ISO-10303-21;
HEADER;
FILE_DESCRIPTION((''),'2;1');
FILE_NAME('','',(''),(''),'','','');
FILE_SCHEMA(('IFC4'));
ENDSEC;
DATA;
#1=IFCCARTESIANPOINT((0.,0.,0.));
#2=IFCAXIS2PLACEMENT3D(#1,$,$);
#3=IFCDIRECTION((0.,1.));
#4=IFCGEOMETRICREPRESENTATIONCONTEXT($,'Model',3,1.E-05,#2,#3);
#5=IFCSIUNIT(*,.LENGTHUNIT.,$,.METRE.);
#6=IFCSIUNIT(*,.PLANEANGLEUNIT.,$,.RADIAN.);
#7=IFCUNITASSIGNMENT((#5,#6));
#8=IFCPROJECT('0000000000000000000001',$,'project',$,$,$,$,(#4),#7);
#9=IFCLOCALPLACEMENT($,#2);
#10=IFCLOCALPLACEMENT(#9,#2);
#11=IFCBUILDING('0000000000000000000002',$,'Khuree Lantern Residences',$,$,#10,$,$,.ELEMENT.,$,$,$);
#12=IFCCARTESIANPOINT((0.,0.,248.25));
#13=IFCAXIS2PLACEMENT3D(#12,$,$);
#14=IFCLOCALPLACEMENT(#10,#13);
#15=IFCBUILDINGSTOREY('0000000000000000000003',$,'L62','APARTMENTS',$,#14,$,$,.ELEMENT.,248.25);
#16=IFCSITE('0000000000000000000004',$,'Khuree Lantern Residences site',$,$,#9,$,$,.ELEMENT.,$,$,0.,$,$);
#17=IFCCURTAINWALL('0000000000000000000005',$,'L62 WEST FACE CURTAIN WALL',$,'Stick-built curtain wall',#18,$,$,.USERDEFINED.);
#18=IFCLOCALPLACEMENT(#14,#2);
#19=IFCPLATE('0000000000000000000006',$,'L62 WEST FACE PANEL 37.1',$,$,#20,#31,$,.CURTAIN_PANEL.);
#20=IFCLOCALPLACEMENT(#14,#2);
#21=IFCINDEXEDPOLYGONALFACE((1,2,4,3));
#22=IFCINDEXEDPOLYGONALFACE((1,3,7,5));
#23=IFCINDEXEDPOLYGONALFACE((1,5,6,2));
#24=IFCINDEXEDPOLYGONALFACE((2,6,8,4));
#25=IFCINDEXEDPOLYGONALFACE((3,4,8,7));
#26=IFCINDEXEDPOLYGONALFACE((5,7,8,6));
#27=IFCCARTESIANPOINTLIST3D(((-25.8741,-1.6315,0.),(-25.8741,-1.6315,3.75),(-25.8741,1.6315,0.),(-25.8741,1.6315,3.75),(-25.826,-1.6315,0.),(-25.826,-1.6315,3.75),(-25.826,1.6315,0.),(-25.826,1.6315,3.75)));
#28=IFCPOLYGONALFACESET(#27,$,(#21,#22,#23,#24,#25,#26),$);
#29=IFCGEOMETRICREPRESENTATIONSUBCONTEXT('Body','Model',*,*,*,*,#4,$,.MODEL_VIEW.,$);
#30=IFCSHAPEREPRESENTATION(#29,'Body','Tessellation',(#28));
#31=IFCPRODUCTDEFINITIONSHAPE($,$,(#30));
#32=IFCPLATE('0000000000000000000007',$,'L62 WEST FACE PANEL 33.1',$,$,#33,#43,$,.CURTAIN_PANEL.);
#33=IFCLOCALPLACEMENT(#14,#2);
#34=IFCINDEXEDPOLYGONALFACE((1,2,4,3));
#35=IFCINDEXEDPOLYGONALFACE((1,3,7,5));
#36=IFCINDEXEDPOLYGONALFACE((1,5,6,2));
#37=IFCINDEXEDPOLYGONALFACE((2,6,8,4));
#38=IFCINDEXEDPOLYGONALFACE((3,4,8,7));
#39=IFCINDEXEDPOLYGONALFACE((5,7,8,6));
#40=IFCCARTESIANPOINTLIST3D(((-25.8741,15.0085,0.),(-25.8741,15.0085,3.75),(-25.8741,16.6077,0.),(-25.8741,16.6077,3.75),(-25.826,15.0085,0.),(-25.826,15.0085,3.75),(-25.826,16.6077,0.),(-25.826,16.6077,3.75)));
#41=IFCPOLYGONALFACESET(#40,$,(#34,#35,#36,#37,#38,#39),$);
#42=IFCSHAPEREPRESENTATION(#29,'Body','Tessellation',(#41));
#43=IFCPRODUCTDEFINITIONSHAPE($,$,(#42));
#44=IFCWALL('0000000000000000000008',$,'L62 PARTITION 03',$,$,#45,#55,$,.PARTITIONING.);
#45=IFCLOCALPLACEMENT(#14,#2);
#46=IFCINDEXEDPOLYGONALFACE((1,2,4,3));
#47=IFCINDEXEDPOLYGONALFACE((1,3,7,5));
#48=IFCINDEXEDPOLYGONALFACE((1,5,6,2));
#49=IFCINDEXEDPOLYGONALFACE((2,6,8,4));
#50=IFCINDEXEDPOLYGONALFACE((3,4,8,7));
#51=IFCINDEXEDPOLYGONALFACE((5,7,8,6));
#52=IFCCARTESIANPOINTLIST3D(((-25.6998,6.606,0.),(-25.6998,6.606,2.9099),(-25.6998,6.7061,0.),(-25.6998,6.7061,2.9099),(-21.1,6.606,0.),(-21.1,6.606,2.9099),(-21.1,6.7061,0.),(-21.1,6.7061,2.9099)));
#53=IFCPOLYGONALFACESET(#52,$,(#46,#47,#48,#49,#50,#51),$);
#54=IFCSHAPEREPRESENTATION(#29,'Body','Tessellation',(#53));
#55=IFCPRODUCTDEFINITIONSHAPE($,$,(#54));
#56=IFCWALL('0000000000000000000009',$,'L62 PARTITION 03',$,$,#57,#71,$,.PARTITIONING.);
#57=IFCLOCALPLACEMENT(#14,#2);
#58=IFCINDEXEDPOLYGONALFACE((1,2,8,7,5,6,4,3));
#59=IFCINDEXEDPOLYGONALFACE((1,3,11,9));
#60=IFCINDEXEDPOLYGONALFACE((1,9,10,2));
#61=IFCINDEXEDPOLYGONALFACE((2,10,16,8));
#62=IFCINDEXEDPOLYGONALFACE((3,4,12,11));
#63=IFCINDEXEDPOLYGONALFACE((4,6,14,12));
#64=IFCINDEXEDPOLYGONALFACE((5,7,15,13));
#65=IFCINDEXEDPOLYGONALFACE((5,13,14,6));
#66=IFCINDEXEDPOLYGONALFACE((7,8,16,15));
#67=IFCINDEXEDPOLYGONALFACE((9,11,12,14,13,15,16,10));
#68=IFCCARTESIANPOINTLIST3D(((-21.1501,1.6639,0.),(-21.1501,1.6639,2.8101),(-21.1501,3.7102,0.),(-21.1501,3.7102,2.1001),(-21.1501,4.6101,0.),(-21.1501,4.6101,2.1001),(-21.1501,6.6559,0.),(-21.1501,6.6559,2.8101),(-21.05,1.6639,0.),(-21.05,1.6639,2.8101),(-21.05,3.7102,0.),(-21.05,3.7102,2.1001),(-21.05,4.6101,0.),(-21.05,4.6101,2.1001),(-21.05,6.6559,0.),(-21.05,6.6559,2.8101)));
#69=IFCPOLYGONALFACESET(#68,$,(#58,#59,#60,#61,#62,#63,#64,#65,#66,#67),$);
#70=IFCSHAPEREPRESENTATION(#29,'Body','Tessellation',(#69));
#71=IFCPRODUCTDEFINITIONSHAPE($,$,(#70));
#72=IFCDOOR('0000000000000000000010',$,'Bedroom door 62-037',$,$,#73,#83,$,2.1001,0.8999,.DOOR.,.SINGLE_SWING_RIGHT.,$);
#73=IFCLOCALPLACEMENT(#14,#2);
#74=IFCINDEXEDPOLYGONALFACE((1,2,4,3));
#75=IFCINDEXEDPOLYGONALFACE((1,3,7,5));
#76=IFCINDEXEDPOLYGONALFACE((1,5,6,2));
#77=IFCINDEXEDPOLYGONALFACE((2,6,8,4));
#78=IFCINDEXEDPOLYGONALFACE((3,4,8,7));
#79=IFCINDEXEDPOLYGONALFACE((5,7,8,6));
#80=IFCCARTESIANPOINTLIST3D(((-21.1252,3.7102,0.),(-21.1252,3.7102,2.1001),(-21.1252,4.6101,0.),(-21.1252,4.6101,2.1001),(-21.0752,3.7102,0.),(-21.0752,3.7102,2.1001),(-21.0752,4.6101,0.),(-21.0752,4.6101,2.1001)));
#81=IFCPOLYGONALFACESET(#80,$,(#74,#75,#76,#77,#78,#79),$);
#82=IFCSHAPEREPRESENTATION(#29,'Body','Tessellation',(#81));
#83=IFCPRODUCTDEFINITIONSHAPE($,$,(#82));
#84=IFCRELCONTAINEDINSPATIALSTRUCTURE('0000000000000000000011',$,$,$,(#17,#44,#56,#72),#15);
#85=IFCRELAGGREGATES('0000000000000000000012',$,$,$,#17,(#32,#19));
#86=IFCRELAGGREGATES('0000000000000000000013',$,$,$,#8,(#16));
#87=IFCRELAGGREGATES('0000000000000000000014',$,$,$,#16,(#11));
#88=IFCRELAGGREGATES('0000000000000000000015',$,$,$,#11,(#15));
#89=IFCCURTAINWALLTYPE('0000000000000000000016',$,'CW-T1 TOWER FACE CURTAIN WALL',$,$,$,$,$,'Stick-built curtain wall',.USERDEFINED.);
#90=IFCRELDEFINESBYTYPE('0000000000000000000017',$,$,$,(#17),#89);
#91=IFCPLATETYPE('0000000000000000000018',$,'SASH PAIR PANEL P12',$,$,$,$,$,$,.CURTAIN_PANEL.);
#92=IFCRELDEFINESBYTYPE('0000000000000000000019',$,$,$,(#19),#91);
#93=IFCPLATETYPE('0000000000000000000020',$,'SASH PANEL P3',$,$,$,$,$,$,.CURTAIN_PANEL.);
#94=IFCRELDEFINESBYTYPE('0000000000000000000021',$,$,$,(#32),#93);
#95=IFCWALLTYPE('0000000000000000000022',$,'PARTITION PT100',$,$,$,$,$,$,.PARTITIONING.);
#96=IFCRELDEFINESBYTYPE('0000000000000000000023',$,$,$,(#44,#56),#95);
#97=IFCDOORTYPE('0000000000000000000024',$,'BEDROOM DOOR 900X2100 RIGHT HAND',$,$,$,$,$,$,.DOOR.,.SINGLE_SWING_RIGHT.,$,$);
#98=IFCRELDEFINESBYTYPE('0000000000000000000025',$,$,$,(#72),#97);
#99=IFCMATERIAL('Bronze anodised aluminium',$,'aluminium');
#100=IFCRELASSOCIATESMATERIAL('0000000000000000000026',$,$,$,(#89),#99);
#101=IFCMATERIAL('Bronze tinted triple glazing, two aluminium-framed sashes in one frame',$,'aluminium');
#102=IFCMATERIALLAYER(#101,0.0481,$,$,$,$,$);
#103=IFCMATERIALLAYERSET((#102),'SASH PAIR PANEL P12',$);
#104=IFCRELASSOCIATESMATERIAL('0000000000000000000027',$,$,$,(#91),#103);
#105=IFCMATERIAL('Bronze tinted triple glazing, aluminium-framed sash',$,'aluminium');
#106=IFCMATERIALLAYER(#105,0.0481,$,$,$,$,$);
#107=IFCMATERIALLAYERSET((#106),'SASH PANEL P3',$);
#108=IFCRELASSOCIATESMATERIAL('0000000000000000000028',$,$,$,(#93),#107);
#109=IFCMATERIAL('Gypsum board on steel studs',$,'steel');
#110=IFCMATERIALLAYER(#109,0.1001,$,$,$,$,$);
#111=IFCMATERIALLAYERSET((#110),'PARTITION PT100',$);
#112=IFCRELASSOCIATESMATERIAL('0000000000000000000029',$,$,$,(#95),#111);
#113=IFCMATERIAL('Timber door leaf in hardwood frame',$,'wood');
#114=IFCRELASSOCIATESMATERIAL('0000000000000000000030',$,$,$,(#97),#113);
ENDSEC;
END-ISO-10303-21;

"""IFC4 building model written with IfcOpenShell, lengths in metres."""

from ifc_helpers import new_model, si_unit, direction, frame, frame_2d, origin, origin_2d, place, context, subcontext, project, spatial, rectangle, extrude, material, layer, layer_set, type_object, element, fill, aggregate, save


model = new_model("IFC4")

# Units and contexts
model_context = context("Model", 3, precision=1e-05, world=origin(), true_north=direction((0.0, 1.0)))
body_context = subcontext(model_context, "Body", "Model", "MODEL_VIEW")
ifc_project = project(units=[si_unit("LENGTHUNIT", "METRE"), si_unit("PLANEANGLEUNIT", "RADIAN")], contexts=[model_context])

# Site, building, storey
site_placement = place(None, origin())
site = spatial("IfcSite", under=ifc_project, at=site_placement, Name="Khuree Lantern Residences site", CompositionType="ELEMENT", RefElevation=0.0)
building_placement = place(site_placement, origin())
building = spatial("IfcBuilding", under=site, at=building_placement, Name="Khuree Lantern Residences", CompositionType="ELEMENT")
storey_placement = place(building_placement, frame((0.0, 0.0, 248.25)))
storey = spatial("IfcBuildingStorey", under=building, at=storey_placement, Name="L62", Description="APARTMENTS", CompositionType="ELEMENT", Elevation=248.25)

# Curtain wall
ifc_material_1 = material(Name="Bronze anodised aluminium", Category="aluminium")
curtain_wall_type = type_object("IfcCurtainWallType", Name="CW-T1 TOWER FACE CURTAIN WALL", ElementType="Stick-built curtain wall", PredefinedType="USERDEFINED", material=ifc_material_1)
curtain_wall_placement = place(storey_placement, origin())
curtain_wall = element("IfcCurtainWall", 1, at=curtain_wall_placement, inside=storey, type_object=curtain_wall_type, Name="L62 WEST FACE CURTAIN WALL", ObjectType="Stick-built curtain wall", PredefinedType="USERDEFINED")

# Plates
ifc_material_2 = material(Name="Bronze tinted triple glazing, two aluminium-framed sashes in one frame", Category="aluminium")
ifc_layer_1 = layer(ifc_material_2, 0.0481)
ifc_layer_set_1 = layer_set([ifc_layer_1], Name="SASH PAIR PANEL P12")
plate_type_1 = type_object("IfcPlateType", Name="SASH PAIR PANEL P12", PredefinedType="CURTAIN_PANEL", material=ifc_layer_set_1)
plate_1_placement = place(storey_placement, frame((-25.8501, 0.0, 0.0), z_axis=(0.0, 0.0, 1.0), x_axis=(0.0, -1.0, 0.0)))
plate_1 = element("IfcPlate", 2, at=plate_1_placement, type_object=plate_type_1, Name="L62 WEST FACE PANEL 37.1", PredefinedType="CURTAIN_PANEL", context=body_context, shape_type="SweptSolid", body=[
    extrude(rectangle(XDim=3.2629, YDim=0.0481, at=origin_2d()), origin(), (0.0, 0.0, 1.0), 3.75),
])
ifc_material_3 = material(Name="Bronze tinted triple glazing, aluminium-framed sash", Category="aluminium")
ifc_layer_2 = layer(ifc_material_3, 0.0481)
ifc_layer_set_2 = layer_set([ifc_layer_2], Name="SASH PANEL P3")
plate_type_2 = type_object("IfcPlateType", Name="SASH PANEL P3", PredefinedType="CURTAIN_PANEL", material=ifc_layer_set_2)
plate_2_placement = place(storey_placement, frame((-25.8501, 15.8081, 0.0), z_axis=(0.0, 0.0, 1.0), x_axis=(0.0, -1.0, 0.0)))
plate_2 = element("IfcPlate", 3, at=plate_2_placement, type_object=plate_type_2, Name="L62 WEST FACE PANEL 33.1", PredefinedType="CURTAIN_PANEL", context=body_context, shape_type="SweptSolid", body=[
    extrude(rectangle(XDim=1.5991, YDim=0.0481, at=origin_2d()), origin(), (0.0, 0.0, 1.0), 3.75),
])
aggregate(curtain_wall, [plate_2, plate_1])

# Wall
ifc_material_4 = material(Name="Gypsum board on steel studs", Category="steel")
ifc_layer_3 = layer(ifc_material_4, 0.1001)
ifc_layer_set_3 = layer_set([ifc_layer_3], Name="PARTITION PT100")
wall_type = type_object("IfcWallType", Name="PARTITION PT100", PredefinedType="PARTITIONING", material=ifc_layer_set_3)
wall_1_placement = place(storey_placement, frame((-21.1001, 6.656, 0.0), z_axis=(0.0, 0.0, 1.0), x_axis=(-1.0, 0.0, 0.0)))
element("IfcWall", 4, at=wall_1_placement, inside=storey, type_object=wall_type, Name="L62 PARTITION 03", PredefinedType="PARTITIONING", context=body_context, shape_type="SweptSolid", body=[
    extrude(rectangle(XDim=4.5999, YDim=0.1001, at=frame_2d((2.2998, 0.0))), origin(), (0.0, 0.0, 1.0), 2.9099),
])

# Wall, opening, door
wall_2_placement = place(storey_placement, frame((-21.1001, 6.656, 0.0), z_axis=(0.0, 0.0, 1.0), x_axis=(0.0, -1.0, 0.0)))
wall_2 = element("IfcWall", 5, at=wall_2_placement, inside=storey, type_object=wall_type, Name="L62 PARTITION 03", PredefinedType="PARTITIONING", context=body_context, shape_type="SweptSolid", body=[
    extrude(rectangle(XDim=4.9919, YDim=0.1001, at=frame_2d((2.4961, 0.0))), origin(), (0.0, 0.0, 1.0), 2.8101),
])
opening_placement = place(wall_2_placement, frame((2.0459, 0.0, 0.0)))
opening = element("IfcOpeningElement", 6, at=opening_placement, cuts=wall_2, PredefinedType="OPENING", context=body_context, shape_type="SweptSolid", body=[
    extrude(rectangle(XDim=0.8999, YDim=2.1001, at=frame_2d((0.45, 1.05))), frame((0.0, 0.0601, 0.0), z_axis=(0.0, -1.0, 0.0), x_axis=(1.0, 0.0, 0.0)), (0.0, 0.0, 1.0), 0.1201),
])
ifc_material_5 = material(Name="Timber door leaf in hardwood frame", Category="wood")
door_type = type_object("IfcDoorType", Name="BEDROOM DOOR 900X2100 RIGHT HAND", OperationType="SINGLE_SWING_RIGHT", PredefinedType="DOOR", material=ifc_material_5)
door_placement = place(opening_placement, origin())
door = element("IfcDoor", 7, at=door_placement, inside=storey, type_object=door_type, Name="Bedroom door 62-037", OperationType="SINGLE_SWING_RIGHT", OverallHeight=2.1001, OverallWidth=0.8999, PredefinedType="DOOR", context=body_context, shape_type="SweptSolid", body=[
    extrude(rectangle(XDim=0.8999, YDim=2.1001, at=frame_2d((0.45, 1.05))), frame((0.0, 0.0249, 0.0), z_axis=(0.0, -1.0, 0.0), x_axis=(1.0, 0.0, 0.0)), (0.0, 0.0, 1.0), 0.05),
])
fill(opening, door)

save(model, "model.ifc")
